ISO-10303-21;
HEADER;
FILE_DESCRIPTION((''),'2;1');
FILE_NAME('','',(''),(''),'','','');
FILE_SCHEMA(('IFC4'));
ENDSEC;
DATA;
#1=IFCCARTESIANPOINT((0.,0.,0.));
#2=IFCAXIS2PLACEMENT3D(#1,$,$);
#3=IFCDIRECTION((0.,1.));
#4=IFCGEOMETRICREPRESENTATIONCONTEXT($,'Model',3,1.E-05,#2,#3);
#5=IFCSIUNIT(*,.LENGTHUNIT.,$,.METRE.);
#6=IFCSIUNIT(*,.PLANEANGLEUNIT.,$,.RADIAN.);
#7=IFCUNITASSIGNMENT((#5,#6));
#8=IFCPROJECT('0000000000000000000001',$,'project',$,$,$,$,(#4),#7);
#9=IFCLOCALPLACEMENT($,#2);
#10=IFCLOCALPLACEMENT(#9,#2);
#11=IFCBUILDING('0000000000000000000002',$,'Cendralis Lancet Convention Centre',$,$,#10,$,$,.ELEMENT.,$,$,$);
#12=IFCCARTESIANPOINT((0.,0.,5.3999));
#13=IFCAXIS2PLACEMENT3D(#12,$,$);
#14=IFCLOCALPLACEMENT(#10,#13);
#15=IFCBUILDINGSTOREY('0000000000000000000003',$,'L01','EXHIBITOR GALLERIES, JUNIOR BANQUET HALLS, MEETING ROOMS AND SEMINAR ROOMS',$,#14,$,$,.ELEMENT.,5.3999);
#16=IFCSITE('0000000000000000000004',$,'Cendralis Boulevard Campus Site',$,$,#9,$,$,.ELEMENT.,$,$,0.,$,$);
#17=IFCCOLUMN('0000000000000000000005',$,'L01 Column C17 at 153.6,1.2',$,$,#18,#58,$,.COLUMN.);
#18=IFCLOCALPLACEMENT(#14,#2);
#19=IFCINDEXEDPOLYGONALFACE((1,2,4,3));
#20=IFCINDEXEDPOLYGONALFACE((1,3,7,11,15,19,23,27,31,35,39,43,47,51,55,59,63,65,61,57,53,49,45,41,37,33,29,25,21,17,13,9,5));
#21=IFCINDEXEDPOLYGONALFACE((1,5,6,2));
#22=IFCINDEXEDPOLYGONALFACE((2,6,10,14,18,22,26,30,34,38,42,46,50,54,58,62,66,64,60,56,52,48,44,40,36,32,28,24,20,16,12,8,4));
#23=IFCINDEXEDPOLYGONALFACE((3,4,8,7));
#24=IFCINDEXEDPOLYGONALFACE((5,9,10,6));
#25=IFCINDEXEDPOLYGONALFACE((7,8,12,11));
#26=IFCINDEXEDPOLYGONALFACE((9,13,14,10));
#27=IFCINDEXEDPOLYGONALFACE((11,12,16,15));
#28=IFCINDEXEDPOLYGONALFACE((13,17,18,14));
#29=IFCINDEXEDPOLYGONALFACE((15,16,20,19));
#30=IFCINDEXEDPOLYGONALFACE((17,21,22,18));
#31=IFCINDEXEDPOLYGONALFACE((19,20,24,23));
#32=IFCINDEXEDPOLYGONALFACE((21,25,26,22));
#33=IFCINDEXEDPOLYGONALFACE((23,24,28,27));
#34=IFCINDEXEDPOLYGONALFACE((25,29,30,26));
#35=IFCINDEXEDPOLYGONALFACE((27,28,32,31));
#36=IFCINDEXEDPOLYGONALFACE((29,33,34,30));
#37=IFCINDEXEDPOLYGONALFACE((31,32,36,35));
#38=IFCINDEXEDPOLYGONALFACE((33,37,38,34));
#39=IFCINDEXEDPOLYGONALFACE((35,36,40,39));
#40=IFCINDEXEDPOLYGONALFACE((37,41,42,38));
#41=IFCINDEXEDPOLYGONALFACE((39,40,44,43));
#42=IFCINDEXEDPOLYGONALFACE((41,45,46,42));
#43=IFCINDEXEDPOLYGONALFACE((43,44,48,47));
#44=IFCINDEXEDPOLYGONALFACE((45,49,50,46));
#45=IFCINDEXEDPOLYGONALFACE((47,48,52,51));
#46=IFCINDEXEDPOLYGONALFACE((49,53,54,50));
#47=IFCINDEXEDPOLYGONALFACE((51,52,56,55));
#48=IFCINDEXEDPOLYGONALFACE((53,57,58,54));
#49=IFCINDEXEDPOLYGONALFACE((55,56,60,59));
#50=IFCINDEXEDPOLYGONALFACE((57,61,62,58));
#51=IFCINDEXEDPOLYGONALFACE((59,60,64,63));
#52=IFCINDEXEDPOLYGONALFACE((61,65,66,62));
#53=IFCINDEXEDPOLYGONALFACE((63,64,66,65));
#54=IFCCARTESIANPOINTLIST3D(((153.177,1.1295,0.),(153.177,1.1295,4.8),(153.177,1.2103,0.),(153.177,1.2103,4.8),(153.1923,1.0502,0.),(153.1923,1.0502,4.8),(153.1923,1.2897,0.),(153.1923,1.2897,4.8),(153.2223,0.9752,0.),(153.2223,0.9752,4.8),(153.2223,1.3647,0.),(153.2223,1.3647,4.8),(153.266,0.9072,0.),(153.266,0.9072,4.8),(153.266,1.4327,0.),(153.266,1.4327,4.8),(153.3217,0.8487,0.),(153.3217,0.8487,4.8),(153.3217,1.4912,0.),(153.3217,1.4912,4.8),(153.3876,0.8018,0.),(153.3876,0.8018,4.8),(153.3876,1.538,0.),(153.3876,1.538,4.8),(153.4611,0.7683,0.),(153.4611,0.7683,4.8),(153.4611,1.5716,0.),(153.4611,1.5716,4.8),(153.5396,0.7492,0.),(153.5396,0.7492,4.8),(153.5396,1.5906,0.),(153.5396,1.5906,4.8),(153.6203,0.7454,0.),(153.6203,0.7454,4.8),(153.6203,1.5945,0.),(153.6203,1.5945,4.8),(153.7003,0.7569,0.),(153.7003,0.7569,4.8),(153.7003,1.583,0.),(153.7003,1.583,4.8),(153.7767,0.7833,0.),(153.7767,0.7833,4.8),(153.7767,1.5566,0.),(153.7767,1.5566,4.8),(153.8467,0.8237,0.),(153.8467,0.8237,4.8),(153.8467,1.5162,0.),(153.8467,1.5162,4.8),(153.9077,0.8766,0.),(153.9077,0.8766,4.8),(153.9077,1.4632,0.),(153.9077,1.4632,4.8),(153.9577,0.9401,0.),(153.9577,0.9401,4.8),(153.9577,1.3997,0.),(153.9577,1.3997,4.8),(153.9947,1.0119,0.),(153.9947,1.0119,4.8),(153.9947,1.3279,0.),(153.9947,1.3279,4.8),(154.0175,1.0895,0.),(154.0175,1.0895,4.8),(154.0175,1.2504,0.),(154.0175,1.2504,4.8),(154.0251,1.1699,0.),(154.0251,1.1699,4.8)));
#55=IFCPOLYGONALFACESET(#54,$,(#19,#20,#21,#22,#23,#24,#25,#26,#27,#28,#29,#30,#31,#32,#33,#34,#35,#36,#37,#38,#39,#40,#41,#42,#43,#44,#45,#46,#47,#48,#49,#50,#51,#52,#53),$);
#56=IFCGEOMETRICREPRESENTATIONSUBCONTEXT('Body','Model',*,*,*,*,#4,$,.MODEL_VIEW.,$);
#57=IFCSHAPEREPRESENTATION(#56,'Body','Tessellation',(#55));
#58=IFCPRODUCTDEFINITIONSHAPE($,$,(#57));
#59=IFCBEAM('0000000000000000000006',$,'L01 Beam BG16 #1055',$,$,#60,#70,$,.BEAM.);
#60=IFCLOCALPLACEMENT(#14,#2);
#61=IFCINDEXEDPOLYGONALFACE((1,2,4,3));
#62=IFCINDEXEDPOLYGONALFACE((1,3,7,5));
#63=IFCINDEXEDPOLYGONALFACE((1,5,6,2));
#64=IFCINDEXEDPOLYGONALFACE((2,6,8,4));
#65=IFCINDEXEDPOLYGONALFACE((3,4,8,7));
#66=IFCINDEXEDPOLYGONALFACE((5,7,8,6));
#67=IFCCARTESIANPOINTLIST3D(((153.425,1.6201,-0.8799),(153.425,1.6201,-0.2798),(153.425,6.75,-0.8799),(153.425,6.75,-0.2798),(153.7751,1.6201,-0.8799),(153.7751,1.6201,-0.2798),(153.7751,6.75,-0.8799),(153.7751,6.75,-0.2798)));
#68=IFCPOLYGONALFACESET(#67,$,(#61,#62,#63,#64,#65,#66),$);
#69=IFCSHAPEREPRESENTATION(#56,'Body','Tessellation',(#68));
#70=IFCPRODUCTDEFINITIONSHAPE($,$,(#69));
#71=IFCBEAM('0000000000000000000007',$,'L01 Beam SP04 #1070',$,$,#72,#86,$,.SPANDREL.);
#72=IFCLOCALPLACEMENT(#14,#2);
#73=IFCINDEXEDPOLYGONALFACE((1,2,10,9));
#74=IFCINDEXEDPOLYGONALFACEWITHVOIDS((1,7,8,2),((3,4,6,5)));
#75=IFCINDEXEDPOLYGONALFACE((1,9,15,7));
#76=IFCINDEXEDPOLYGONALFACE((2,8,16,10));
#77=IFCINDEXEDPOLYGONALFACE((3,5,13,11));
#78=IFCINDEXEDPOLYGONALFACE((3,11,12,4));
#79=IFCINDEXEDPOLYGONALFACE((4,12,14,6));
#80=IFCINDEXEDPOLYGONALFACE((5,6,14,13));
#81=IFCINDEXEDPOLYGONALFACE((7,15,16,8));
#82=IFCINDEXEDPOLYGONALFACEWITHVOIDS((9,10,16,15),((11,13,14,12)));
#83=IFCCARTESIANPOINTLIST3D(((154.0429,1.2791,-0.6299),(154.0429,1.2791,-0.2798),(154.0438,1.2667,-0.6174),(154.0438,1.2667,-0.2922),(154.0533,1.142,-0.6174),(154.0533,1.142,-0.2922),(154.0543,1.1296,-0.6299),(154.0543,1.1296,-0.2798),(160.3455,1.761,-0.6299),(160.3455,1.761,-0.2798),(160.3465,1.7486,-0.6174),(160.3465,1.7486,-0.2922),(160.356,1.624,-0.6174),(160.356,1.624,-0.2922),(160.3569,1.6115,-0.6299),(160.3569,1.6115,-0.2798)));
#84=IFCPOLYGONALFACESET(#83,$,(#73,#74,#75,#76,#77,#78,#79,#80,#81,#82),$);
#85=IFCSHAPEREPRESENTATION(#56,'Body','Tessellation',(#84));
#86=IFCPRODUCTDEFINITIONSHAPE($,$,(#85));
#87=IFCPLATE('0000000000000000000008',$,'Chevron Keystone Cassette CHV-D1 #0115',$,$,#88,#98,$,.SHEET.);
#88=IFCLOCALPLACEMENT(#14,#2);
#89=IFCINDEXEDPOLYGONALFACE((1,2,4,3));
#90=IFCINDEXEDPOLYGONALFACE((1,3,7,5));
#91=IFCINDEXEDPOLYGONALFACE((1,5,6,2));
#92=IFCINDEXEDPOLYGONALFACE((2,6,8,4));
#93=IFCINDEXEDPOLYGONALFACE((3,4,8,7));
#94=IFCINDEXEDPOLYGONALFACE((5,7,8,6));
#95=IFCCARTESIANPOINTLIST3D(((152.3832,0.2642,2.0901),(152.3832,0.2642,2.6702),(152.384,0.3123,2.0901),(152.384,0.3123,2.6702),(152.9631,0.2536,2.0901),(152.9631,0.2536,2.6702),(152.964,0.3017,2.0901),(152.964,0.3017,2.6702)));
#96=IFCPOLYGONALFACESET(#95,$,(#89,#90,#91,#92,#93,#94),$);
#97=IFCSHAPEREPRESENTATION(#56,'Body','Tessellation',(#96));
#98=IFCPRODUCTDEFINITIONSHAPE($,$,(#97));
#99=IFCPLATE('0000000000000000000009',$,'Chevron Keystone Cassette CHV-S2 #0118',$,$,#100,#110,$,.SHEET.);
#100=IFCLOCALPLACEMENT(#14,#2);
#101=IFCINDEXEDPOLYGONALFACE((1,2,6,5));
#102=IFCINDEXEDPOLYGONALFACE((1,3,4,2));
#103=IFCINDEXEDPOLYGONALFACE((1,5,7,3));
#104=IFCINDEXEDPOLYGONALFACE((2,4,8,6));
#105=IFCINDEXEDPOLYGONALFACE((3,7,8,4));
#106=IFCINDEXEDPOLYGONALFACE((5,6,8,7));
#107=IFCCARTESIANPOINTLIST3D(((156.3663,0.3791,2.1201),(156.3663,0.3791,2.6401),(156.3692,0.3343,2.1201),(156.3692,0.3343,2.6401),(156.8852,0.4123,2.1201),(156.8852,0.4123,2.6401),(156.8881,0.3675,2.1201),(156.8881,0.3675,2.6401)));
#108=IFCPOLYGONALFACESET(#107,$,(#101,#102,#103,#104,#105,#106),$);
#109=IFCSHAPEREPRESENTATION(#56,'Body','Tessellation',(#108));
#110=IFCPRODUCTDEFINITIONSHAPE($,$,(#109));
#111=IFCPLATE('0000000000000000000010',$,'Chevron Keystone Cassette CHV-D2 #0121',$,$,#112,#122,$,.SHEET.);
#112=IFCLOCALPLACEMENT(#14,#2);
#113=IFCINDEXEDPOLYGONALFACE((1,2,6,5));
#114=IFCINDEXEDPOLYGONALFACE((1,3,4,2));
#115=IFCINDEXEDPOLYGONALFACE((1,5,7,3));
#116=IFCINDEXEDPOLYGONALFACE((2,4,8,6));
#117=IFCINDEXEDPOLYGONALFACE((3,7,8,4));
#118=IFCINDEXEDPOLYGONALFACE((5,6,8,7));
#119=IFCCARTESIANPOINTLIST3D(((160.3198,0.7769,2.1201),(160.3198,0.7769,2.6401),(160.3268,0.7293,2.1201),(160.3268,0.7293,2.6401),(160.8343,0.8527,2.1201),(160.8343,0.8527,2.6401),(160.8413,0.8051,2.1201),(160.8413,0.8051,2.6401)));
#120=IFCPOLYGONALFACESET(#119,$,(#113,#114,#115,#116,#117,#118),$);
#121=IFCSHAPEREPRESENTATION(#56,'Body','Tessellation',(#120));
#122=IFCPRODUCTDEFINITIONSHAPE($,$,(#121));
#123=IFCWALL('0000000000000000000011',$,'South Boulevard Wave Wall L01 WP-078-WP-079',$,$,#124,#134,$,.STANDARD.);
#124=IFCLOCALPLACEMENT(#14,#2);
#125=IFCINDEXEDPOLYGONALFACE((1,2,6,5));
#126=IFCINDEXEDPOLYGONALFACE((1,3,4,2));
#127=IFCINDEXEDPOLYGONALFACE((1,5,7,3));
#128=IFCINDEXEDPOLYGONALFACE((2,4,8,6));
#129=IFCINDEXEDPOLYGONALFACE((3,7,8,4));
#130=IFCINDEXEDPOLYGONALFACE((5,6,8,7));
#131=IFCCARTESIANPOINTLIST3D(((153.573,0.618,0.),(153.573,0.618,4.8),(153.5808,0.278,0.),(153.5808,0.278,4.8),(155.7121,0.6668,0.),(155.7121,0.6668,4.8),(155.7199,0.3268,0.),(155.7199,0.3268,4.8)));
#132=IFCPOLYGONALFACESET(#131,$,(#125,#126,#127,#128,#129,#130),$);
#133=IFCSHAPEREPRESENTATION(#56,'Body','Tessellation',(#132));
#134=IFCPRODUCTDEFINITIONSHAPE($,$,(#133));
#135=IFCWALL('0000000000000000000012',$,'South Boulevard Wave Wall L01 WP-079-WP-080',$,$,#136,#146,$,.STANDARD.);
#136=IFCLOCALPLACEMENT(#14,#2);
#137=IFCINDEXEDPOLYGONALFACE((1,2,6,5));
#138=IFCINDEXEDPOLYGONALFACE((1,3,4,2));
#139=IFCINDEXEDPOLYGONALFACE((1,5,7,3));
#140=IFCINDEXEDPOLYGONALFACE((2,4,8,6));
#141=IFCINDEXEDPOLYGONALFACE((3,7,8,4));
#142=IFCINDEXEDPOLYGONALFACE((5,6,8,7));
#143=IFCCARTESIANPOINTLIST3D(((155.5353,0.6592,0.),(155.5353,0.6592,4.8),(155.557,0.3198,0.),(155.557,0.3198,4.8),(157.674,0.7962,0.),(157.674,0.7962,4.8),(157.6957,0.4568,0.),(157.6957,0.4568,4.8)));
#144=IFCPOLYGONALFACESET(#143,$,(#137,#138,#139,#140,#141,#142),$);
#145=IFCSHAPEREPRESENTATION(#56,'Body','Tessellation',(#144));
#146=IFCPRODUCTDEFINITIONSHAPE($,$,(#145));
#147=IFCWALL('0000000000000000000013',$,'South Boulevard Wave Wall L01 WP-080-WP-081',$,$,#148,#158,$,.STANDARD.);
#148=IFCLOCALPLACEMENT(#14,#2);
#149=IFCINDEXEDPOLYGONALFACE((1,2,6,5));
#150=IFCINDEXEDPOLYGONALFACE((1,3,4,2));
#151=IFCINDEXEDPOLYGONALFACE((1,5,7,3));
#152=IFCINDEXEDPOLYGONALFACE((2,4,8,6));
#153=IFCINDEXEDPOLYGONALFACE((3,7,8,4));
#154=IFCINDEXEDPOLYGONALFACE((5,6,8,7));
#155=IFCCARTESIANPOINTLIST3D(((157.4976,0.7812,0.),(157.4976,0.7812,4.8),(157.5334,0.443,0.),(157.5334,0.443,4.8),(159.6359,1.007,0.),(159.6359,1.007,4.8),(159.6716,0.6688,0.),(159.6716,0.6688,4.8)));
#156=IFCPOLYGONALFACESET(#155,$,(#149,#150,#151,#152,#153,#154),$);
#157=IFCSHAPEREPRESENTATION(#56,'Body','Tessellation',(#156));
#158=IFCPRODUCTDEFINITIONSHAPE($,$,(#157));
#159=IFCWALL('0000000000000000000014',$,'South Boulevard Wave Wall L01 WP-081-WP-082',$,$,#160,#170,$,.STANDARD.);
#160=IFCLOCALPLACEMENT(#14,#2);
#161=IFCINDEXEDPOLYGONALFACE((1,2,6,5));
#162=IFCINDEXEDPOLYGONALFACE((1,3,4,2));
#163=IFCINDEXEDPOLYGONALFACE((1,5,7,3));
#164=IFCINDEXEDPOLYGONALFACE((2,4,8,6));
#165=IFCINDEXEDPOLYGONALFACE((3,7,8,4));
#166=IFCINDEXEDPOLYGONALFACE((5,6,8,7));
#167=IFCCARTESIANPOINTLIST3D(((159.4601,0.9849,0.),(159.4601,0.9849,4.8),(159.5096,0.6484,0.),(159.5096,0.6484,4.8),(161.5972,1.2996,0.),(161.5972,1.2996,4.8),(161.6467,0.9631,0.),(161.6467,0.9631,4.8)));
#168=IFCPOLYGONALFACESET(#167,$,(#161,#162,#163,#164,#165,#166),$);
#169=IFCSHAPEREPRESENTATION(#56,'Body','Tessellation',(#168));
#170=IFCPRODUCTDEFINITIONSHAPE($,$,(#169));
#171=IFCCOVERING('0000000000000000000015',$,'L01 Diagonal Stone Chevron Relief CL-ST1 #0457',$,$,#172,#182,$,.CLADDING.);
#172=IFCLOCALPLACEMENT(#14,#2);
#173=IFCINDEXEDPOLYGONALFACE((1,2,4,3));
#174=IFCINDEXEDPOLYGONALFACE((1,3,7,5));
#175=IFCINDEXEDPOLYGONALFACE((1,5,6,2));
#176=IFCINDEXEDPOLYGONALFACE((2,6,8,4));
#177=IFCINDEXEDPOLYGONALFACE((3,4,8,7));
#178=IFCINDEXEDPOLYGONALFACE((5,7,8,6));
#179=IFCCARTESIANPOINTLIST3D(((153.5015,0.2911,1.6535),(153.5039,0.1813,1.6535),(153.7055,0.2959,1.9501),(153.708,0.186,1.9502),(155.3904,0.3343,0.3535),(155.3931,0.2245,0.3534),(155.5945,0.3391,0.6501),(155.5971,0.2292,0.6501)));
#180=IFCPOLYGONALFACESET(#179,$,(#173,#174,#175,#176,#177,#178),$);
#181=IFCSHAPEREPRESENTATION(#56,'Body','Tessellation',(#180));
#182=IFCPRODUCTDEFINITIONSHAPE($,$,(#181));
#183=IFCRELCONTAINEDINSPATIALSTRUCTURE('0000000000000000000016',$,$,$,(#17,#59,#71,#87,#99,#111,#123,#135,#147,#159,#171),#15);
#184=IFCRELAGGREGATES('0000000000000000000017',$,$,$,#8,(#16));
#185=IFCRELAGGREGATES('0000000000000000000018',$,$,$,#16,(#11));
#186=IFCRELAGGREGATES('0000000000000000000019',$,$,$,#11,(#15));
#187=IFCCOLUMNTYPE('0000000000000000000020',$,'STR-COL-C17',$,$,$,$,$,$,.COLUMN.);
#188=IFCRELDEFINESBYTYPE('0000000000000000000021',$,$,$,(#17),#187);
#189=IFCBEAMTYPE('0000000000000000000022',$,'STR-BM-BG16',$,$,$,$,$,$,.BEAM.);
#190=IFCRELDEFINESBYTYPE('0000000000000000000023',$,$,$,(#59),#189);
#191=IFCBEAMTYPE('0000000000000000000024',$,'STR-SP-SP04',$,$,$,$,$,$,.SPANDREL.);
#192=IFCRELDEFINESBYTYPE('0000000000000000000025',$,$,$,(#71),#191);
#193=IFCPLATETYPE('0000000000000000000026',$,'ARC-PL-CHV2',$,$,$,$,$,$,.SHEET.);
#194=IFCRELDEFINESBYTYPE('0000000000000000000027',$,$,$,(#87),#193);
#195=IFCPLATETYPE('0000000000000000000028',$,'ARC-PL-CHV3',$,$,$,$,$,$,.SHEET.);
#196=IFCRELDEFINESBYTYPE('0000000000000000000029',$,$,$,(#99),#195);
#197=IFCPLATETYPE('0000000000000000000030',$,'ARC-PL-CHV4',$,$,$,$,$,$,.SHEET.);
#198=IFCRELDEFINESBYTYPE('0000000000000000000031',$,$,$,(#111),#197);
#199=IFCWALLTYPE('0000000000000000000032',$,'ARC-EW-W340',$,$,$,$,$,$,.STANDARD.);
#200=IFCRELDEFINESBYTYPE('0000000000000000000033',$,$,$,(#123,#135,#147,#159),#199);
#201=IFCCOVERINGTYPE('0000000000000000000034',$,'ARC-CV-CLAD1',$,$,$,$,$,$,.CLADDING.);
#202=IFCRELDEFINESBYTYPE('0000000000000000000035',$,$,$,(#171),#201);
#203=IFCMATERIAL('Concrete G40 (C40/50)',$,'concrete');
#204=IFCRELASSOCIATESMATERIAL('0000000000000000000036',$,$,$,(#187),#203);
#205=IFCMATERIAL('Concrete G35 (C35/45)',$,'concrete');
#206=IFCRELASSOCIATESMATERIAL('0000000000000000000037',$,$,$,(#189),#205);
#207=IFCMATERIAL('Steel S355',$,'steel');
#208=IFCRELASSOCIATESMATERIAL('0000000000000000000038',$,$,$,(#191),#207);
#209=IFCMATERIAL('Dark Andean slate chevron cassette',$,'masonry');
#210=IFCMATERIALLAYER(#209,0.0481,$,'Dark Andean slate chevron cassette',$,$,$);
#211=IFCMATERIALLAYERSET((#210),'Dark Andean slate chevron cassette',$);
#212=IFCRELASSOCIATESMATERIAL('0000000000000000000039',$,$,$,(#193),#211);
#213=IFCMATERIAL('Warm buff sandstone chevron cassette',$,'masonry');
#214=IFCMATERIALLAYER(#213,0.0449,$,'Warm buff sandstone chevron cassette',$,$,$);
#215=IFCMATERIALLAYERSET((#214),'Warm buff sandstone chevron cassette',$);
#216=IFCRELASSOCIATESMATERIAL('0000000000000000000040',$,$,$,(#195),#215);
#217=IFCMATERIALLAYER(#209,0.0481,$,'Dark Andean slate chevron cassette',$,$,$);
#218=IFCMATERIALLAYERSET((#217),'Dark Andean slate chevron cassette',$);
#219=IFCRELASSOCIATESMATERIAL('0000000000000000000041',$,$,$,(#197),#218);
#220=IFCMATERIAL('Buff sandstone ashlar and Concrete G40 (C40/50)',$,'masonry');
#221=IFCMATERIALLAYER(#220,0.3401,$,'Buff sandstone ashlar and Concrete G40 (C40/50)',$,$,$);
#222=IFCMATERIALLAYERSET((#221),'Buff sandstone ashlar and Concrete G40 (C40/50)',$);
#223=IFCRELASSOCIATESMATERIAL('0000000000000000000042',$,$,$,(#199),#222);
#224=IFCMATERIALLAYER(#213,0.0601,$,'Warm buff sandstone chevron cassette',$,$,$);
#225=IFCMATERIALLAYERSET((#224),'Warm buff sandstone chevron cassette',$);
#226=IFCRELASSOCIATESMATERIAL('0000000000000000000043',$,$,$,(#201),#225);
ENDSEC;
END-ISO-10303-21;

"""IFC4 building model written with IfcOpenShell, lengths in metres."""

from ifc_helpers import new_model, si_unit, direction, frame, frame_2d, origin, origin_2d, place, context, subcontext, project, spatial, polyline, rectangle, hollow_rectangle, circle, outline, extrude, material, layer, layer_set, material_profile, profile_set, type_object, element, save


model = new_model("IFC4")

# Units and contexts
model_context = context("Model", 3, precision=1e-05, world=origin(), true_north=direction((0.0, 1.0)))
body_context = subcontext(model_context, "Body", "Model", "MODEL_VIEW")
ifc_project = project(units=[si_unit("LENGTHUNIT", "METRE"), si_unit("PLANEANGLEUNIT", "RADIAN")], contexts=[model_context])

# Site, building, storey
site_placement = place(None, origin())
site = spatial("IfcSite", under=ifc_project, at=site_placement, Name="Cendralis Boulevard Campus Site", CompositionType="ELEMENT", RefElevation=0.0)
building_placement = place(site_placement, origin())
building = spatial("IfcBuilding", under=site, at=building_placement, Name="Cendralis Lancet Convention Centre", CompositionType="ELEMENT")
storey_placement = place(building_placement, frame((0.0, 0.0, 5.3999)))
storey = spatial("IfcBuildingStorey", under=building, at=storey_placement, Name="L01", Description="EXHIBITOR GALLERIES, JUNIOR BANQUET HALLS, MEETING ROOMS AND SEMINAR ROOMS", CompositionType="ELEMENT", Elevation=5.3999)

# Column
ifc_material_1 = material(Name="Concrete G40 (C40/50)", Category="concrete")
ifc_material_profile_1 = material_profile(ifc_material_1, circle(Radius=0.425, at=origin_2d()), Name="RC D850")
ifc_profile_set_1 = profile_set([ifc_material_profile_1], Name="Concrete G40 (C40/50)")
column_type = type_object("IfcColumnType", Name="STR-COL-C17", PredefinedType="COLUMN", material=ifc_profile_set_1)
column_placement = place(storey_placement, frame((153.6001, 1.1699, 0.0), z_axis=(0.0, 0.0, 1.0), x_axis=(1.0, 0.0, 0.0)))
element("IfcColumn", 1, at=column_placement, inside=storey, type_object=column_type, Name="L01 Column C17 at 153.6,1.2", PredefinedType="COLUMN", context=body_context, shape_type="SweptSolid", body=[
    extrude(circle(Radius=0.425, at=origin_2d()), origin(), (0.0, 0.0, 1.0), 4.8),
])

# Beams
ifc_material_2 = material(Name="Concrete G35 (C35/45)", Category="concrete")
ifc_material_profile_2 = material_profile(ifc_material_2, rectangle(XDim=0.3501, YDim=0.6001, at=origin_2d()), Name="RCB 350x600")
ifc_profile_set_2 = profile_set([ifc_material_profile_2], Name="Concrete G35 (C35/45)")
beam_type_1 = type_object("IfcBeamType", Name="STR-BM-BG16", PredefinedType="BEAM", material=ifc_profile_set_2)
beam_1_placement = place(storey_placement, frame((153.6001, 1.6201, -0.5798), z_axis=(0.0, 1.0, 0.0), x_axis=(-1.0, 0.0, 0.0)))
element("IfcBeam", 2, at=beam_1_placement, inside=storey, type_object=beam_type_1, Name="L01 Beam BG16 #1055", PredefinedType="BEAM", context=body_context, shape_type="SweptSolid", body=[
    extrude(rectangle(XDim=0.3501, YDim=0.6001, at=origin_2d()), origin(), (0.0, 0.0, 1.0), 5.1299),
])
ifc_material_3 = material(Name="Steel S355", Category="steel")
ifc_material_profile_3 = material_profile(ifc_material_3, hollow_rectangle(XDim=0.1499, YDim=0.3501, WallThickness=0.0125, at=origin_2d()), Name="RHS 350x150x12.5")
ifc_profile_set_3 = profile_set([ifc_material_profile_3], Name="Steel S355")
beam_type_2 = type_object("IfcBeamType", Name="STR-SP-SP04", PredefinedType="SPANDREL", material=ifc_profile_set_3)
beam_2_placement = place(storey_placement, frame((154.0486, 1.2043, -0.4548), z_axis=(0.997089, 0.076242, 0.0), x_axis=(-0.076242, 0.997089, 0.0)))
element("IfcBeam", 3, at=beam_2_placement, inside=storey, type_object=beam_type_2, Name="L01 Beam SP04 #1070", PredefinedType="SPANDREL", context=body_context, shape_type="SweptSolid", body=[
    extrude(hollow_rectangle(XDim=0.1499, YDim=0.3501, WallThickness=0.0125, at=origin_2d()), origin(), (0.0, 0.0, 1.0), 6.321),
])

# Plates
ifc_material_4 = material(Name="Dark Andean slate chevron cassette", Category="masonry")
ifc_layer_1 = layer(ifc_material_4, 0.0481, Name="Dark Andean slate chevron cassette")
ifc_layer_set_1 = layer_set([ifc_layer_1], Name="Dark Andean slate chevron cassette")
plate_type_1 = type_object("IfcPlateType", Name="ARC-PL-CHV2", PredefinedType="SHEET", material=ifc_layer_set_1)
plate_1_placement = place(storey_placement, frame((152.6736, 0.283, 2.0901), z_axis=(0.0, 0.0, 1.0), x_axis=(0.999833, -0.018273, 0.0)))
element("IfcPlate", 4, at=plate_1_placement, inside=storey, type_object=plate_type_1, Name="Chevron Keystone Cassette CHV-D1 #0115", PredefinedType="SHEET", context=body_context, shape_type="SweptSolid", body=[
    extrude(rectangle(XDim=0.5801, YDim=0.0481, at=origin_2d()), origin(), (0.0, 0.0, 1.0), 0.5801),
])
ifc_material_5 = material(Name="Warm buff sandstone chevron cassette", Category="masonry")
ifc_layer_2 = layer(ifc_material_5, 0.0449, Name="Warm buff sandstone chevron cassette")
ifc_layer_set_2 = layer_set([ifc_layer_2], Name="Warm buff sandstone chevron cassette")
plate_type_2 = type_object("IfcPlateType", Name="ARC-PL-CHV3", PredefinedType="SHEET", material=ifc_layer_set_2)
plate_2_placement = place(storey_placement, frame((156.6272, 0.3733, 2.1201), z_axis=(0.0, 0.0, 1.0), x_axis=(0.997959, 0.063853, 0.0)))
element("IfcPlate", 5, at=plate_2_placement, inside=storey, type_object=plate_type_2, Name="Chevron Keystone Cassette CHV-S2 #0118", PredefinedType="SHEET", context=body_context, shape_type="SweptSolid", body=[
    extrude(rectangle(XDim=0.52, YDim=0.0449, at=origin_2d()), origin(), (0.0, 0.0, 1.0), 0.52),
])
ifc_layer_3 = layer(ifc_material_4, 0.0481, Name="Dark Andean slate chevron cassette")
ifc_layer_set_3 = layer_set([ifc_layer_3], Name="Dark Andean slate chevron cassette")
plate_type_3 = type_object("IfcPlateType", Name="ARC-PL-CHV4", PredefinedType="SHEET", material=ifc_layer_set_3)
plate_3_placement = place(storey_placement, frame((160.5806, 0.791, 2.1201), z_axis=(0.0, 0.0, 1.0), x_axis=(0.989328, 0.145703, 0.0)))
element("IfcPlate", 6, at=plate_3_placement, inside=storey, type_object=plate_type_3, Name="Chevron Keystone Cassette CHV-D2 #0121", PredefinedType="SHEET", context=body_context, shape_type="SweptSolid", body=[
    extrude(rectangle(XDim=0.52, YDim=0.0481, at=origin_2d()), origin(), (0.0, 0.0, 1.0), 0.52),
])

# Walls
ifc_material_6 = material(Name="Buff sandstone ashlar and Concrete G40 (C40/50)", Category="masonry")
ifc_layer_4 = layer(ifc_material_6, 0.3401, Name="Buff sandstone ashlar and Concrete G40 (C40/50)")
ifc_layer_set_4 = layer_set([ifc_layer_4], Name="Buff sandstone ashlar and Concrete G40 (C40/50)")
wall_type = type_object("IfcWallType", Name="ARC-EW-W340", PredefinedType="STANDARD", material=ifc_layer_set_4)
wall_1_placement = place(storey_placement, frame((153.5769, 0.448, 0.0), z_axis=(0.0, 0.0, 1.0), x_axis=(0.99974, 0.02282, 0.0)))
element("IfcWall", 7, at=wall_1_placement, inside=storey, type_object=wall_type, Name="South Boulevard Wave Wall L01 WP-078-WP-079", PredefinedType="STANDARD", context=body_context, shape_type="SweptSolid", body=[
    extrude(rectangle(XDim=2.1396, YDim=0.3401, at=frame_2d((1.0698, 0.0))), origin(), (0.0, 0.0, 1.0), 4.8),
])
wall_2_placement = place(storey_placement, frame((155.5461, 0.4895, 0.0), z_axis=(0.0, 0.0, 1.0), x_axis=(0.997956, 0.06391, 0.0)))
element("IfcWall", 8, at=wall_2_placement, inside=storey, type_object=wall_type, Name="South Boulevard Wave Wall L01 WP-079-WP-080", PredefinedType="STANDARD", context=body_context, shape_type="SweptSolid", body=[
    extrude(rectangle(XDim=2.1431, YDim=0.3401, at=frame_2d((1.0715, 0.0))), origin(), (0.0, 0.0, 1.0), 4.8),
])
wall_3_placement = place(storey_placement, frame((157.5154, 0.6121, 0.0), z_axis=(0.0, 0.0, 1.0), x_axis=(0.994469, 0.105034, 0.0)))
element("IfcWall", 9, at=wall_3_placement, inside=storey, type_object=wall_type, Name="South Boulevard Wave Wall L01 WP-080-WP-081", PredefinedType="STANDARD", context=body_context, shape_type="SweptSolid", body=[
    extrude(rectangle(XDim=2.1501, YDim=0.3401, at=frame_2d((1.0752, 0.0))), origin(), (0.0, 0.0, 1.0), 4.8),
])
wall_4_placement = place(storey_placement, frame((159.4849, 0.8167, 0.0), z_axis=(0.0, 0.0, 1.0), x_axis=(0.989332, 0.145676, 0.0)))
element("IfcWall", 10, at=wall_4_placement, inside=storey, type_object=wall_type, Name="South Boulevard Wave Wall L01 WP-081-WP-082", PredefinedType="STANDARD", context=body_context, shape_type="SweptSolid", body=[
    extrude(rectangle(XDim=2.1602, YDim=0.3401, at=frame_2d((1.0801, 0.0))), origin(), (0.0, 0.0, 1.0), 4.8),
])

# Covering
ifc_layer_5 = layer(ifc_material_5, 0.0601, Name="Warm buff sandstone chevron cassette")
ifc_layer_set_5 = layer_set([ifc_layer_5], Name="Warm buff sandstone chevron cassette")
covering_type_1 = type_object("IfcCoveringType", Name="ARC-CV-CLAD1", PredefinedType="CLADDING", material=ifc_layer_set_5)
covering_1_placement = place(storey_placement, frame((153.708, 0.186, 1.9502), z_axis=(0.566669, 0.013222, 0.823839), x_axis=(0.823624, 0.01884, -0.566823)))
element("IfcCovering", 11, at=covering_1_placement, inside=storey, type_object=covering_type_1, Name="L01 Diagonal Stone Chevron Relief CL-ST1 #0457", PredefinedType="CLADDING", context=body_context, shape_type="SweptSolid", body=[
    extrude(outline(polyline([(0.0, 0.0), (2.2937, 0.0), (2.2935, 0.1099), (0.0001, 0.1099), (0.0, 0.0)])), origin(), (0.0, 0.0, -1.0), 0.3601),
])

save(model, "model.ifc")
